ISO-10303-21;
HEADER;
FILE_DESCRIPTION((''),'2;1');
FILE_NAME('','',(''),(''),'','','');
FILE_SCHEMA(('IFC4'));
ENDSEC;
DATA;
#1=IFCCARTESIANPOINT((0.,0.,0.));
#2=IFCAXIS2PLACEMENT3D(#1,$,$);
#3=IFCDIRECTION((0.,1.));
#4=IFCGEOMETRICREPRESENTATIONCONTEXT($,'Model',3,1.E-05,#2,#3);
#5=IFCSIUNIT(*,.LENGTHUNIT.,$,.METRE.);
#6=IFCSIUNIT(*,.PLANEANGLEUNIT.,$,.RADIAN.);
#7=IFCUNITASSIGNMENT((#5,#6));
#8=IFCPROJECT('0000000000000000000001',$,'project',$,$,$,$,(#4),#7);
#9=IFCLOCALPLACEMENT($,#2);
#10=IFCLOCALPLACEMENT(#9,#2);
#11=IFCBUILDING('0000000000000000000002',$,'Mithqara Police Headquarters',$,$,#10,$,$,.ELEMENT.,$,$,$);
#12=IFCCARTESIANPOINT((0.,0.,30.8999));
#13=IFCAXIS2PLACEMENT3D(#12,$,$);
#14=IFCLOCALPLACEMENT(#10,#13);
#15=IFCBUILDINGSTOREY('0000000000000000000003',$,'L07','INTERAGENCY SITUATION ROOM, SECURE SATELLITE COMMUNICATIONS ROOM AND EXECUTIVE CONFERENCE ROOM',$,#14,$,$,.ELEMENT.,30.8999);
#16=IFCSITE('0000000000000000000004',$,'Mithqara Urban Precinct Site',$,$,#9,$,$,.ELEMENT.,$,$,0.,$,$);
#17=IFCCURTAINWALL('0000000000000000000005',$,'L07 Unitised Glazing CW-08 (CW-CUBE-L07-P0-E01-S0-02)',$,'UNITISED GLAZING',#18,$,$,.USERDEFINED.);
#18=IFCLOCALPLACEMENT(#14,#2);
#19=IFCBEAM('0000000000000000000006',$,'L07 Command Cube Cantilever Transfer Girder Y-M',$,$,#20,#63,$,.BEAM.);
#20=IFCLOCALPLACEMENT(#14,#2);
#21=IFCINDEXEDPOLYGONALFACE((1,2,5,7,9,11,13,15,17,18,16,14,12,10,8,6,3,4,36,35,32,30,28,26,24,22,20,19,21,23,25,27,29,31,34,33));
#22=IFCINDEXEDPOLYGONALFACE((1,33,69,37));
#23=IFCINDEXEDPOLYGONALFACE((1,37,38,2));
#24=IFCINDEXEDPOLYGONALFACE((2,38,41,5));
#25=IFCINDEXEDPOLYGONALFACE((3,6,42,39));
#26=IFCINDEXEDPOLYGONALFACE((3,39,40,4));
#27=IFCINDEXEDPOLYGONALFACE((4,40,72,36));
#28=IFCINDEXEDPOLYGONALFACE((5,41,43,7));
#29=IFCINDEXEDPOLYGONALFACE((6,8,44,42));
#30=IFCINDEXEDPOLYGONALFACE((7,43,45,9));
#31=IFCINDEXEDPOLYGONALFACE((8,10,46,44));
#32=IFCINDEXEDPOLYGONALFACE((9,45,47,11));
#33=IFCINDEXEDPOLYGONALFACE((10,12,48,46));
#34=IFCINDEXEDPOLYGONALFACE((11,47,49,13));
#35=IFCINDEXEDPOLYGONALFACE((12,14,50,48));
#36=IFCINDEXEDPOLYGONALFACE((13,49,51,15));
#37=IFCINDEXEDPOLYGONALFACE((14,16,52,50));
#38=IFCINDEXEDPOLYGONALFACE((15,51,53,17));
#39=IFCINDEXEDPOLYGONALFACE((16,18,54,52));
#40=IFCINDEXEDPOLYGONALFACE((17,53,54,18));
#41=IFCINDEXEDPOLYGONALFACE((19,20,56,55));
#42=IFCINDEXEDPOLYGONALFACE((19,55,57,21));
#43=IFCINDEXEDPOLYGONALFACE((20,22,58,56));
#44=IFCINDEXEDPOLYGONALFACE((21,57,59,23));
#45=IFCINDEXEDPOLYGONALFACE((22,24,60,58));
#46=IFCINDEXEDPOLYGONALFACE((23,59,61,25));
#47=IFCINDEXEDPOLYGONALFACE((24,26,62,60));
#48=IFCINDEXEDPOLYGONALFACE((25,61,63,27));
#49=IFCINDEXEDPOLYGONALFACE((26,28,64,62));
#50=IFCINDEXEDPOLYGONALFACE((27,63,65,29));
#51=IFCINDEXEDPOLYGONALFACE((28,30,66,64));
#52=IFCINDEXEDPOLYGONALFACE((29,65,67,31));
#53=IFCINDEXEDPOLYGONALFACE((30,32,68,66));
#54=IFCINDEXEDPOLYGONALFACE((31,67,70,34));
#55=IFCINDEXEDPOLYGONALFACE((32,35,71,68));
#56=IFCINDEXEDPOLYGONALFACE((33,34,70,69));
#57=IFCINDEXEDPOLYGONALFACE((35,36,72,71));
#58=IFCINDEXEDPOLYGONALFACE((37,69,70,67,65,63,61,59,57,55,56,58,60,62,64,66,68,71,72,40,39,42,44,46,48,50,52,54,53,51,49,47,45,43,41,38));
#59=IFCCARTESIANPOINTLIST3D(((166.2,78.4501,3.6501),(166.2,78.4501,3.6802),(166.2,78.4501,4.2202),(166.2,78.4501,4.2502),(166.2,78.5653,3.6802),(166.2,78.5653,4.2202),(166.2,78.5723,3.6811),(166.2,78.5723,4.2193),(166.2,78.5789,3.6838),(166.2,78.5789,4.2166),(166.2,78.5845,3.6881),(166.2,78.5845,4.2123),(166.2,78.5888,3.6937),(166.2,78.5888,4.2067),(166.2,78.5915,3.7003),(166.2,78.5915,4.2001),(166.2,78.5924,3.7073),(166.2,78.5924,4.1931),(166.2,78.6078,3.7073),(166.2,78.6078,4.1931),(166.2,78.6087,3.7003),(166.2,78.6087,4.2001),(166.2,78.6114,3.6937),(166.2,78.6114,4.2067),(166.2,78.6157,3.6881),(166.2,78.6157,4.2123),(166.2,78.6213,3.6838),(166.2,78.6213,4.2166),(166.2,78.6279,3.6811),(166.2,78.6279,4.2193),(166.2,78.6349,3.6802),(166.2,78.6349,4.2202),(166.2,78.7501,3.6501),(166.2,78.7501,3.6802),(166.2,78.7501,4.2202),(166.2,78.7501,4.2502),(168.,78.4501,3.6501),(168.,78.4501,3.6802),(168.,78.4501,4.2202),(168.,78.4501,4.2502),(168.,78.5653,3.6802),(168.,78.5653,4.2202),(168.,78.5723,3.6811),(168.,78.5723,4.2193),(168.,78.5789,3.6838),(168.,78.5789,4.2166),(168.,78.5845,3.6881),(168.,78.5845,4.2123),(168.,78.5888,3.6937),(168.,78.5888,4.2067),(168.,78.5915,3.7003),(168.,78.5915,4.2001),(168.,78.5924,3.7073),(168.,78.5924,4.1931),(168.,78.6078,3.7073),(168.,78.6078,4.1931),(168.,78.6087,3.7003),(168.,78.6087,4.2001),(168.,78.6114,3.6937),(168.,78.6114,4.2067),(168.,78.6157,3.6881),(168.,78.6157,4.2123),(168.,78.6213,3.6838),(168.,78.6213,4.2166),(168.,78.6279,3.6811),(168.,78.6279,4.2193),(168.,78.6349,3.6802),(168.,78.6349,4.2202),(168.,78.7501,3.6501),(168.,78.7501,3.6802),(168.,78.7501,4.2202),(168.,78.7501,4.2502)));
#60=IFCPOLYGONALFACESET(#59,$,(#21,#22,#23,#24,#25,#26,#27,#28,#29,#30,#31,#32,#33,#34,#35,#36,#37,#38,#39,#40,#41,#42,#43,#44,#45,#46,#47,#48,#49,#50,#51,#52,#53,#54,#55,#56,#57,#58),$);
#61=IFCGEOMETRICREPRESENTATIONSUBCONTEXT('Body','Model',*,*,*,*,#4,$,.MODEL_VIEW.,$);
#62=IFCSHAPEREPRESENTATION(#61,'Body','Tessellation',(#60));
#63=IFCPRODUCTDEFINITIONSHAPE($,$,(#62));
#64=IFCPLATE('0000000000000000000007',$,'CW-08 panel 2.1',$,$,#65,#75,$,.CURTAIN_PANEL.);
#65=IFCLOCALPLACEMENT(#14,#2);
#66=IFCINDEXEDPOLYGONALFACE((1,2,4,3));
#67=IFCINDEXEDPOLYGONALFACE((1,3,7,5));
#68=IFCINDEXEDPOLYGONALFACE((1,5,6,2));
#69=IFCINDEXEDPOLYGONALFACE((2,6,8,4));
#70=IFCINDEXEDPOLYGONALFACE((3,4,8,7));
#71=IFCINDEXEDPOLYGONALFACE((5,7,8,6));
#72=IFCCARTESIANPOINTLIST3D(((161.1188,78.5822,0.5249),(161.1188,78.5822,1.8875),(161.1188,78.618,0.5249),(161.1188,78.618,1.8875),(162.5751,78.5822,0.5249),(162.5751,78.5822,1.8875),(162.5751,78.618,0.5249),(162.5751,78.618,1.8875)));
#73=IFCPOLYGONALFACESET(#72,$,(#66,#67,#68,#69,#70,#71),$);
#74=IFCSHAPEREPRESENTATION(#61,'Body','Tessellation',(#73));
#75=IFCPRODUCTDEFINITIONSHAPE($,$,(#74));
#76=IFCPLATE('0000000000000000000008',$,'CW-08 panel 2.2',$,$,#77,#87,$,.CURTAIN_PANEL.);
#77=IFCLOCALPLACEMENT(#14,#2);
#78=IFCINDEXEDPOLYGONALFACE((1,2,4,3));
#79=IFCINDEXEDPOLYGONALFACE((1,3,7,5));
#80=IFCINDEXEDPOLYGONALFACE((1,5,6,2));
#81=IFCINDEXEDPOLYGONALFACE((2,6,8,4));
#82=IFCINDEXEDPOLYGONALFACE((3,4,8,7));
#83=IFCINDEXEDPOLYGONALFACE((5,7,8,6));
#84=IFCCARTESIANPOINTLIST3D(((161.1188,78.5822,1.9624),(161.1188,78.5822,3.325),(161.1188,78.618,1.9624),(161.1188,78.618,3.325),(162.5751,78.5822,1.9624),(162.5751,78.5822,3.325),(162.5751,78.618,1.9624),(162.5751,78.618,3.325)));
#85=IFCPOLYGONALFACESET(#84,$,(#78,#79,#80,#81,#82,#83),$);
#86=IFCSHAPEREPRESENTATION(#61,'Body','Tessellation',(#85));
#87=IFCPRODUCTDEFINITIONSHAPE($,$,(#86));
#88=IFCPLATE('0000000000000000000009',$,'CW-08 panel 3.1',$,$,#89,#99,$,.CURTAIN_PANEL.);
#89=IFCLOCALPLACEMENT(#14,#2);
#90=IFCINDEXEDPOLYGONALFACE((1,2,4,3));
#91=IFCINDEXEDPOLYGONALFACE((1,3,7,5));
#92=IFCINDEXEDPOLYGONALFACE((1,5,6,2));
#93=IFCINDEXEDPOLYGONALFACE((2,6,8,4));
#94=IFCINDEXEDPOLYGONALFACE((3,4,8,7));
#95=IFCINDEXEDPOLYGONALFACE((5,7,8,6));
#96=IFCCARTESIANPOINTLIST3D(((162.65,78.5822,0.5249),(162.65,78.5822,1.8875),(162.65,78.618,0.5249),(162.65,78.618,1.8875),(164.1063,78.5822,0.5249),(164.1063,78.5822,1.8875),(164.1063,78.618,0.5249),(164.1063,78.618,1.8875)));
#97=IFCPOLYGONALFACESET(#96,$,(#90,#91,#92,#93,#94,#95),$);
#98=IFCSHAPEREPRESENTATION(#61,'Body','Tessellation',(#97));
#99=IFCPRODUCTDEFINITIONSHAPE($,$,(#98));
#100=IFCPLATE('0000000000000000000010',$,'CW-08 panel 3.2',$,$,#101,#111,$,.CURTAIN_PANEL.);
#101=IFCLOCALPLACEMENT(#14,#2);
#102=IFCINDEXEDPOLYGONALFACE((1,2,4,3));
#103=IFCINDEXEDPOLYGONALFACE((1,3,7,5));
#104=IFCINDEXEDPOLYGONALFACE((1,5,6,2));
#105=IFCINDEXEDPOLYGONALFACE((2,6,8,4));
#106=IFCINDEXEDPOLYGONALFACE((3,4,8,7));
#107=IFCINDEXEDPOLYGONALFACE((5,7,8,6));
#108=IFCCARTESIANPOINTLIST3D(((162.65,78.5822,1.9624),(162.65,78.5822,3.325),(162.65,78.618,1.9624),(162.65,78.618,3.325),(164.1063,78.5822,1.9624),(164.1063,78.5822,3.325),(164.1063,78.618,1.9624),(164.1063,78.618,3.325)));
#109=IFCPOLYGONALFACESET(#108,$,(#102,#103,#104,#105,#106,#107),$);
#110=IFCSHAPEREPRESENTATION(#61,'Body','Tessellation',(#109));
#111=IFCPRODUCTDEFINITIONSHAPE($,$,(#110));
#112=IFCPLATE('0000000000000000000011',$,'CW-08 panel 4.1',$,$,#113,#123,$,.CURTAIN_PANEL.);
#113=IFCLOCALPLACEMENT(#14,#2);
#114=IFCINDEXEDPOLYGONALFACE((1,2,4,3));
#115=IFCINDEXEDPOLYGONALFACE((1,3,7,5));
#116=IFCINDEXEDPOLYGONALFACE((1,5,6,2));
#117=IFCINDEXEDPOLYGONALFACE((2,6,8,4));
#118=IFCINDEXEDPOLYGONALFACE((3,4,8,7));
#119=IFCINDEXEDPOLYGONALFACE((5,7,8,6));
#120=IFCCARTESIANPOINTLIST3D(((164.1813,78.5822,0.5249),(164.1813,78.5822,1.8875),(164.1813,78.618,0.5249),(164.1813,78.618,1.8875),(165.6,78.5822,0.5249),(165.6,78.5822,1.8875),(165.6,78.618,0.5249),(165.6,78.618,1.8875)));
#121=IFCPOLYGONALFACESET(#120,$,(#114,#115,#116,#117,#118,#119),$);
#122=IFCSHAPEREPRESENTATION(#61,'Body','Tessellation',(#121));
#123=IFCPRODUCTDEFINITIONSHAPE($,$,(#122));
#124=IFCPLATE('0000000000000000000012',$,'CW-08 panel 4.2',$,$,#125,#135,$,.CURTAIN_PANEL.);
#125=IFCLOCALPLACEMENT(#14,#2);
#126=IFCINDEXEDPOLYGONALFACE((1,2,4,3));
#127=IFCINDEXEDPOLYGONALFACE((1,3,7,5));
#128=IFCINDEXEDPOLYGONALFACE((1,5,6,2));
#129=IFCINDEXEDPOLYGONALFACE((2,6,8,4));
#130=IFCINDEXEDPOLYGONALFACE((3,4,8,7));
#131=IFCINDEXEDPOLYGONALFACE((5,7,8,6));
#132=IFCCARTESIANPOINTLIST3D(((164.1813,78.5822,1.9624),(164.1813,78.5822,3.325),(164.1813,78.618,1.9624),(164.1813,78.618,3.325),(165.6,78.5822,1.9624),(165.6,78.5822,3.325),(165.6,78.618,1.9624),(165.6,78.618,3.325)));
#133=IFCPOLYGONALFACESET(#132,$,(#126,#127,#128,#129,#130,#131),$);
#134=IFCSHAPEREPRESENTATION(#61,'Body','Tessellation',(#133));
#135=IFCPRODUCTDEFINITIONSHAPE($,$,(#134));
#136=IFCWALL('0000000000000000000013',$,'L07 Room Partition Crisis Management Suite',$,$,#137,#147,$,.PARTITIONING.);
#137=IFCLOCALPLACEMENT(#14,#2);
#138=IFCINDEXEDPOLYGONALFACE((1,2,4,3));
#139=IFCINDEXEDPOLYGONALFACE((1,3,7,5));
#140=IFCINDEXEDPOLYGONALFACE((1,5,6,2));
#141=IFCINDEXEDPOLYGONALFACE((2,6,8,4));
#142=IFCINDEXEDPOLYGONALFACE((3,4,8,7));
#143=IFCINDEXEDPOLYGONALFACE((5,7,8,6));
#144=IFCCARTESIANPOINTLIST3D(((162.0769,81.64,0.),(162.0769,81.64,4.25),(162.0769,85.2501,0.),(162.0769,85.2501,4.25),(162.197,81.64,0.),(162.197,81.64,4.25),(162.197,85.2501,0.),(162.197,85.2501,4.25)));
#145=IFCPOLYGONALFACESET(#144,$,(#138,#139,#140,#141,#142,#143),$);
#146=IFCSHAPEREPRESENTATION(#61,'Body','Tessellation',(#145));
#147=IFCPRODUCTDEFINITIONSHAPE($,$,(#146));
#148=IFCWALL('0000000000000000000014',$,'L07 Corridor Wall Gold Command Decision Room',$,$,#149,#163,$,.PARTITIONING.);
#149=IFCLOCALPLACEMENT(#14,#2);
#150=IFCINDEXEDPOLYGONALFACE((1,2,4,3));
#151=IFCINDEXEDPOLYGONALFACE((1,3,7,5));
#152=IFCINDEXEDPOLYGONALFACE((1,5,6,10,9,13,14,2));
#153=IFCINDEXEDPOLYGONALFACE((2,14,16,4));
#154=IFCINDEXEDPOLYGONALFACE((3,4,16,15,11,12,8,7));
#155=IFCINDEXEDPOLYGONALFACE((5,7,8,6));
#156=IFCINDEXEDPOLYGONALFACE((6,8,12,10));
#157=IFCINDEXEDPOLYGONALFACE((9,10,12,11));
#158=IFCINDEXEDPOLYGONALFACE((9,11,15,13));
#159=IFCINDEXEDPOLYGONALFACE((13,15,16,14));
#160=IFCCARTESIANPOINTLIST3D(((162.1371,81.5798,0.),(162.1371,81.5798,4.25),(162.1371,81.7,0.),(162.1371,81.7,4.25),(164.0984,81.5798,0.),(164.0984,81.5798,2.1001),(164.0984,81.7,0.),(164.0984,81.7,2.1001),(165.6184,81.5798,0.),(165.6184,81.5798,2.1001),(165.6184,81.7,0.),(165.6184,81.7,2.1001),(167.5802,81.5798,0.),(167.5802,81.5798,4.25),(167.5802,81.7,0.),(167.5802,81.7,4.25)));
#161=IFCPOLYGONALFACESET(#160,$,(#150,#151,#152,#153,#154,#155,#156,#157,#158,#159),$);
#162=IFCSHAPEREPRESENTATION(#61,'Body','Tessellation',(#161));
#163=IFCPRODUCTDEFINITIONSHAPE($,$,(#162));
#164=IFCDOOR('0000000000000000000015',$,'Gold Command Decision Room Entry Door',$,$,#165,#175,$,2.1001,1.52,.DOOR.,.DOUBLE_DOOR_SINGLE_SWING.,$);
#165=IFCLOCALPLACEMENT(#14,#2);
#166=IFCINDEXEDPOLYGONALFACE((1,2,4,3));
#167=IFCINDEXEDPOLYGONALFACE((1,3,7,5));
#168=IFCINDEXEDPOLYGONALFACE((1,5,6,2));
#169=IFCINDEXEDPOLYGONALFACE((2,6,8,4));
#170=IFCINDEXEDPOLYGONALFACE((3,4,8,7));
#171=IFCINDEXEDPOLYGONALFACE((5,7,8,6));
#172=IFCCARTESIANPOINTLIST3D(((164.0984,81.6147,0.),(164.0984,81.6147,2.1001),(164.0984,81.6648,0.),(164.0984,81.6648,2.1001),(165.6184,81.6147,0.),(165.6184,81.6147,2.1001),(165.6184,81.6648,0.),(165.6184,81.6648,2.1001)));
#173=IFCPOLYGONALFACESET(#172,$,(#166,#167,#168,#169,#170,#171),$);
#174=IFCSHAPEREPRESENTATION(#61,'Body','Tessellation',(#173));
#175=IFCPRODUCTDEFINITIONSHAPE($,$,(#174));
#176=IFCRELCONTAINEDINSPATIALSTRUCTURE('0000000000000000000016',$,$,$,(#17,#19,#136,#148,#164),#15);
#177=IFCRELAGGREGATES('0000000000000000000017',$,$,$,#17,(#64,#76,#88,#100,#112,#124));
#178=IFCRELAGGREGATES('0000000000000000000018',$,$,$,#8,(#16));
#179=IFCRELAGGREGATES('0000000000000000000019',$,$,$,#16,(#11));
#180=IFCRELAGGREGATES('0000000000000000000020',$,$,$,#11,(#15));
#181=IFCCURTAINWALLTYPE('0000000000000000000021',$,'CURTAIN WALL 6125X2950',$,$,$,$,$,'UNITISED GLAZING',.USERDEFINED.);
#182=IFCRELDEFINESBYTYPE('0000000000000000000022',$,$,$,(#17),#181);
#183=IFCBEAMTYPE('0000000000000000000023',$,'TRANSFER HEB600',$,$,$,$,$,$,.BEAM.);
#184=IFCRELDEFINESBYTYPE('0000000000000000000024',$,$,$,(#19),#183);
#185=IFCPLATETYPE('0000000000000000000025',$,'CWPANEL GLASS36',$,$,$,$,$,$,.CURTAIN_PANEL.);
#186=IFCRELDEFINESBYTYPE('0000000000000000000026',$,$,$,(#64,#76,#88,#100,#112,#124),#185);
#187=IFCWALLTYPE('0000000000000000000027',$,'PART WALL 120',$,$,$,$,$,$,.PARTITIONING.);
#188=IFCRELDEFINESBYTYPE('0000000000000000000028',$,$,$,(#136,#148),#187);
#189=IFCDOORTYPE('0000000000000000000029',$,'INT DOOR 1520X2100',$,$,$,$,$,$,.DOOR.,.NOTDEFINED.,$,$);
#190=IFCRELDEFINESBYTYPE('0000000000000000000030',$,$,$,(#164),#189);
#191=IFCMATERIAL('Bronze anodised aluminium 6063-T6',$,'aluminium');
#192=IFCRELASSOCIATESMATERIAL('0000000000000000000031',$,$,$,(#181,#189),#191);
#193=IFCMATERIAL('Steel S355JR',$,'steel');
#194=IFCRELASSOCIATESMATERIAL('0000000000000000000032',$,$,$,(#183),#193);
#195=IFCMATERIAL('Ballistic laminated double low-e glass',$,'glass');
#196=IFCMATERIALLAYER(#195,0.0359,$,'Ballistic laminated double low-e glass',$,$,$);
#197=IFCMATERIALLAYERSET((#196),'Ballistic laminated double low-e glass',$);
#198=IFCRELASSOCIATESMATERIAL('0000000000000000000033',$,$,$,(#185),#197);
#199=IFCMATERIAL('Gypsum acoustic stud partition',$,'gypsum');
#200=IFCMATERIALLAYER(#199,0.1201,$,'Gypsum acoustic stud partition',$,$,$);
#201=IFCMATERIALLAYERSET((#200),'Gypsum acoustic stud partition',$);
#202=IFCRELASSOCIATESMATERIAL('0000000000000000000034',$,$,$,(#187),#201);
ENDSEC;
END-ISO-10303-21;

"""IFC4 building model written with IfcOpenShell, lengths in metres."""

from ifc_helpers import new_model, si_unit, direction, frame, frame_2d, origin, origin_2d, place, context, subcontext, project, spatial, rectangle, i_section, extrude, material, layer, layer_set, material_profile, profile_set, type_object, element, fill, aggregate, save


model = new_model("IFC4")

# Units and contexts
model_context = context("Model", 3, precision=1e-05, world=origin(), true_north=direction((0.0, 1.0)))
body_context = subcontext(model_context, "Body", "Model", "MODEL_VIEW")
ifc_project = project(units=[si_unit("LENGTHUNIT", "METRE"), si_unit("PLANEANGLEUNIT", "RADIAN")], contexts=[model_context])

# Site, building, storey
site_placement = place(None, origin())
site = spatial("IfcSite", under=ifc_project, at=site_placement, Name="Mithqara Urban Precinct Site", CompositionType="ELEMENT", RefElevation=0.0)
building_placement = place(site_placement, origin())
building = spatial("IfcBuilding", under=site, at=building_placement, Name="Mithqara Police Headquarters", CompositionType="ELEMENT")
storey_placement = place(building_placement, frame((0.0, 0.0, 30.8999)))
storey = spatial("IfcBuildingStorey", under=building, at=storey_placement, Name="L07", Description="INTERAGENCY SITUATION ROOM, SECURE SATELLITE COMMUNICATIONS ROOM AND EXECUTIVE CONFERENCE ROOM", CompositionType="ELEMENT", Elevation=30.8999)

# Curtain wall
ifc_material_1 = material(Name="Bronze anodised aluminium 6063-T6", Category="aluminium")
curtain_wall_type = type_object("IfcCurtainWallType", Name="CURTAIN WALL 6125X2950", ElementType="UNITISED GLAZING", PredefinedType="USERDEFINED", material=ifc_material_1)
curtain_wall_placement = place(storey_placement, origin())
curtain_wall = element("IfcCurtainWall", 1, at=curtain_wall_placement, inside=storey, type_object=curtain_wall_type, Name="L07 Unitised Glazing CW-08 (CW-CUBE-L07-P0-E01-S0-02)", ObjectType="UNITISED GLAZING", PredefinedType="USERDEFINED")

# Beam
ifc_material_2 = material(Name="Steel S355JR", Category="steel")
ifc_material_profile_1 = material_profile(ifc_material_2, i_section(OverallWidth=0.3, OverallDepth=0.6001, WebThickness=0.0154, FlangeThickness=0.03, FilletRadius=0.0271, at=origin_2d()), Name="HEB 600")
ifc_profile_set_1 = profile_set([ifc_material_profile_1], Name="Steel S355JR")
beam_type = type_object("IfcBeamType", Name="TRANSFER HEB600", PredefinedType="BEAM", material=ifc_profile_set_1)
beam_placement = place(storey_placement, frame((166.2, 78.6001, 3.9502), z_axis=(1.0, 0.0, 0.0), x_axis=(0.0, 1.0, 0.0)))
element("IfcBeam", 2, at=beam_placement, inside=storey, type_object=beam_type, Name="L07 Command Cube Cantilever Transfer Girder Y-M", PredefinedType="BEAM", context=body_context, shape_type="SweptSolid", body=[
    extrude(i_section(OverallWidth=0.3, OverallDepth=0.6001, WebThickness=0.0154, FlangeThickness=0.03, FilletRadius=0.0271, at=origin_2d()), origin(), (0.0, 0.0, 1.0), 1.8),
])

# Plates
ifc_material_3 = material(Name="Ballistic laminated double low-e glass", Category="glass")
ifc_layer_1 = layer(ifc_material_3, 0.0359, Name="Ballistic laminated double low-e glass")
ifc_layer_set_1 = layer_set([ifc_layer_1], Name="Ballistic laminated double low-e glass")
plate_type = type_object("IfcPlateType", Name="CWPANEL GLASS36", PredefinedType="CURTAIN_PANEL", material=ifc_layer_set_1)
plate_1_placement = place(storey_placement, frame((161.8469, 78.6001, 0.5249), z_axis=(0.0, 0.0, 1.0), x_axis=(1.0, 0.0, 0.0)))
plate_1 = element("IfcPlate", 3, at=plate_1_placement, type_object=plate_type, Name="CW-08 panel 2.1", PredefinedType="CURTAIN_PANEL", context=body_context, shape_type="SweptSolid", body=[
    extrude(rectangle(XDim=1.4563, YDim=0.0359, at=origin_2d()), origin(), (0.0, 0.0, 1.0), 1.3625),
])
plate_2_placement = place(storey_placement, frame((161.8469, 78.6001, 1.9624), z_axis=(0.0, 0.0, 1.0), x_axis=(1.0, 0.0, 0.0)))
plate_2 = element("IfcPlate", 4, at=plate_2_placement, type_object=plate_type, Name="CW-08 panel 2.2", PredefinedType="CURTAIN_PANEL", context=body_context, shape_type="SweptSolid", body=[
    extrude(rectangle(XDim=1.4563, YDim=0.0359, at=origin_2d()), origin(), (0.0, 0.0, 1.0), 1.3625),
])
plate_3_placement = place(storey_placement, frame((163.3782, 78.6001, 0.5249), z_axis=(0.0, 0.0, 1.0), x_axis=(1.0, 0.0, 0.0)))
plate_3 = element("IfcPlate", 5, at=plate_3_placement, type_object=plate_type, Name="CW-08 panel 3.1", PredefinedType="CURTAIN_PANEL", context=body_context, shape_type="SweptSolid", body=[
    extrude(rectangle(XDim=1.4563, YDim=0.0359, at=origin_2d()), origin(), (0.0, 0.0, 1.0), 1.3625),
])
plate_4_placement = place(storey_placement, frame((163.3782, 78.6001, 1.9624), z_axis=(0.0, 0.0, 1.0), x_axis=(1.0, 0.0, 0.0)))
plate_4 = element("IfcPlate", 6, at=plate_4_placement, type_object=plate_type, Name="CW-08 panel 3.2", PredefinedType="CURTAIN_PANEL", context=body_context, shape_type="SweptSolid", body=[
    extrude(rectangle(XDim=1.4563, YDim=0.0359, at=origin_2d()), origin(), (0.0, 0.0, 1.0), 1.3625),
])
plate_5_placement = place(storey_placement, frame((164.8906, 78.6001, 0.5249), z_axis=(0.0, 0.0, 1.0), x_axis=(1.0, 0.0, 0.0)))
plate_5 = element("IfcPlate", 7, at=plate_5_placement, type_object=plate_type, Name="CW-08 panel 4.1", PredefinedType="CURTAIN_PANEL", context=body_context, shape_type="SweptSolid", body=[
    extrude(rectangle(XDim=1.4187, YDim=0.0359, at=origin_2d()), origin(), (0.0, 0.0, 1.0), 1.3625),
])
plate_6_placement = place(storey_placement, frame((164.8906, 78.6001, 1.9624), z_axis=(0.0, 0.0, 1.0), x_axis=(1.0, 0.0, 0.0)))
plate_6 = element("IfcPlate", 8, at=plate_6_placement, type_object=plate_type, Name="CW-08 panel 4.2", PredefinedType="CURTAIN_PANEL", context=body_context, shape_type="SweptSolid", body=[
    extrude(rectangle(XDim=1.4187, YDim=0.0359, at=origin_2d()), origin(), (0.0, 0.0, 1.0), 1.3625),
])
aggregate(curtain_wall, [plate_1, plate_2, plate_3, plate_4, plate_5, plate_6])

# Wall
ifc_material_4 = material(Name="Gypsum acoustic stud partition", Category="gypsum")
ifc_layer_2 = layer(ifc_material_4, 0.1201, Name="Gypsum acoustic stud partition")
ifc_layer_set_2 = layer_set([ifc_layer_2], Name="Gypsum acoustic stud partition")
wall_type = type_object("IfcWallType", Name="PART WALL 120", PredefinedType="PARTITIONING", material=ifc_layer_set_2)
wall_1_placement = place(storey_placement, frame((162.137, 81.6399, 0.0), z_axis=(0.0, 0.0, 1.0), x_axis=(0.0, 1.0, 0.0)))
element("IfcWall", 9, at=wall_1_placement, inside=storey, type_object=wall_type, Name="L07 Room Partition Crisis Management Suite", PredefinedType="PARTITIONING", context=body_context, shape_type="SweptSolid", body=[
    extrude(rectangle(XDim=3.6101, YDim=0.1201, at=frame_2d((1.8052, 0.0))), origin(), (0.0, 0.0, 1.0), 4.25),
])

# Wall, opening, door
wall_2_placement = place(storey_placement, frame((162.137, 81.6399, 0.0), z_axis=(0.0, 0.0, 1.0), x_axis=(1.0, 0.0, 0.0)))
wall_2 = element("IfcWall", 10, at=wall_2_placement, inside=storey, type_object=wall_type, Name="L07 Corridor Wall Gold Command Decision Room", PredefinedType="PARTITIONING", context=body_context, shape_type="SweptSolid", body=[
    extrude(rectangle(XDim=5.4431, YDim=0.1201, at=frame_2d((2.7217, 0.0))), origin(), (0.0, 0.0, 1.0), 4.25),
])
opening_placement = place(wall_2_placement, frame((1.9614, 0.0, 0.0)))
opening = element("IfcOpeningElement", 11, at=opening_placement, cuts=wall_2, PredefinedType="OPENING", context=body_context, shape_type="SweptSolid", body=[
    extrude(rectangle(XDim=1.52, YDim=2.1001, at=frame_2d((0.76, 1.05))), frame((0.0, 0.0701, 0.0), z_axis=(0.0, -1.0, 0.0), x_axis=(1.0, 0.0, 0.0)), (0.0, 0.0, 1.0), 0.1401),
])
door_type = type_object("IfcDoorType", Name="INT DOOR 1520X2100", OperationType="NOTDEFINED", PredefinedType="DOOR", material=ifc_material_1)
door_placement = place(opening_placement, origin())
door = element("IfcDoor", 12, at=door_placement, inside=storey, type_object=door_type, Name="Gold Command Decision Room Entry Door", OperationType="DOUBLE_DOOR_SINGLE_SWING", OverallHeight=2.1001, OverallWidth=1.52, PredefinedType="DOOR", context=body_context, shape_type="SweptSolid", body=[
    extrude(rectangle(XDim=1.52, YDim=2.1001, at=frame_2d((0.76, 1.05))), frame((0.0, 0.0249, 0.0), z_axis=(0.0, -1.0, 0.0), x_axis=(1.0, 0.0, 0.0)), (0.0, 0.0, 1.0), 0.05),
])
fill(opening, door)

save(model, "model.ifc")
